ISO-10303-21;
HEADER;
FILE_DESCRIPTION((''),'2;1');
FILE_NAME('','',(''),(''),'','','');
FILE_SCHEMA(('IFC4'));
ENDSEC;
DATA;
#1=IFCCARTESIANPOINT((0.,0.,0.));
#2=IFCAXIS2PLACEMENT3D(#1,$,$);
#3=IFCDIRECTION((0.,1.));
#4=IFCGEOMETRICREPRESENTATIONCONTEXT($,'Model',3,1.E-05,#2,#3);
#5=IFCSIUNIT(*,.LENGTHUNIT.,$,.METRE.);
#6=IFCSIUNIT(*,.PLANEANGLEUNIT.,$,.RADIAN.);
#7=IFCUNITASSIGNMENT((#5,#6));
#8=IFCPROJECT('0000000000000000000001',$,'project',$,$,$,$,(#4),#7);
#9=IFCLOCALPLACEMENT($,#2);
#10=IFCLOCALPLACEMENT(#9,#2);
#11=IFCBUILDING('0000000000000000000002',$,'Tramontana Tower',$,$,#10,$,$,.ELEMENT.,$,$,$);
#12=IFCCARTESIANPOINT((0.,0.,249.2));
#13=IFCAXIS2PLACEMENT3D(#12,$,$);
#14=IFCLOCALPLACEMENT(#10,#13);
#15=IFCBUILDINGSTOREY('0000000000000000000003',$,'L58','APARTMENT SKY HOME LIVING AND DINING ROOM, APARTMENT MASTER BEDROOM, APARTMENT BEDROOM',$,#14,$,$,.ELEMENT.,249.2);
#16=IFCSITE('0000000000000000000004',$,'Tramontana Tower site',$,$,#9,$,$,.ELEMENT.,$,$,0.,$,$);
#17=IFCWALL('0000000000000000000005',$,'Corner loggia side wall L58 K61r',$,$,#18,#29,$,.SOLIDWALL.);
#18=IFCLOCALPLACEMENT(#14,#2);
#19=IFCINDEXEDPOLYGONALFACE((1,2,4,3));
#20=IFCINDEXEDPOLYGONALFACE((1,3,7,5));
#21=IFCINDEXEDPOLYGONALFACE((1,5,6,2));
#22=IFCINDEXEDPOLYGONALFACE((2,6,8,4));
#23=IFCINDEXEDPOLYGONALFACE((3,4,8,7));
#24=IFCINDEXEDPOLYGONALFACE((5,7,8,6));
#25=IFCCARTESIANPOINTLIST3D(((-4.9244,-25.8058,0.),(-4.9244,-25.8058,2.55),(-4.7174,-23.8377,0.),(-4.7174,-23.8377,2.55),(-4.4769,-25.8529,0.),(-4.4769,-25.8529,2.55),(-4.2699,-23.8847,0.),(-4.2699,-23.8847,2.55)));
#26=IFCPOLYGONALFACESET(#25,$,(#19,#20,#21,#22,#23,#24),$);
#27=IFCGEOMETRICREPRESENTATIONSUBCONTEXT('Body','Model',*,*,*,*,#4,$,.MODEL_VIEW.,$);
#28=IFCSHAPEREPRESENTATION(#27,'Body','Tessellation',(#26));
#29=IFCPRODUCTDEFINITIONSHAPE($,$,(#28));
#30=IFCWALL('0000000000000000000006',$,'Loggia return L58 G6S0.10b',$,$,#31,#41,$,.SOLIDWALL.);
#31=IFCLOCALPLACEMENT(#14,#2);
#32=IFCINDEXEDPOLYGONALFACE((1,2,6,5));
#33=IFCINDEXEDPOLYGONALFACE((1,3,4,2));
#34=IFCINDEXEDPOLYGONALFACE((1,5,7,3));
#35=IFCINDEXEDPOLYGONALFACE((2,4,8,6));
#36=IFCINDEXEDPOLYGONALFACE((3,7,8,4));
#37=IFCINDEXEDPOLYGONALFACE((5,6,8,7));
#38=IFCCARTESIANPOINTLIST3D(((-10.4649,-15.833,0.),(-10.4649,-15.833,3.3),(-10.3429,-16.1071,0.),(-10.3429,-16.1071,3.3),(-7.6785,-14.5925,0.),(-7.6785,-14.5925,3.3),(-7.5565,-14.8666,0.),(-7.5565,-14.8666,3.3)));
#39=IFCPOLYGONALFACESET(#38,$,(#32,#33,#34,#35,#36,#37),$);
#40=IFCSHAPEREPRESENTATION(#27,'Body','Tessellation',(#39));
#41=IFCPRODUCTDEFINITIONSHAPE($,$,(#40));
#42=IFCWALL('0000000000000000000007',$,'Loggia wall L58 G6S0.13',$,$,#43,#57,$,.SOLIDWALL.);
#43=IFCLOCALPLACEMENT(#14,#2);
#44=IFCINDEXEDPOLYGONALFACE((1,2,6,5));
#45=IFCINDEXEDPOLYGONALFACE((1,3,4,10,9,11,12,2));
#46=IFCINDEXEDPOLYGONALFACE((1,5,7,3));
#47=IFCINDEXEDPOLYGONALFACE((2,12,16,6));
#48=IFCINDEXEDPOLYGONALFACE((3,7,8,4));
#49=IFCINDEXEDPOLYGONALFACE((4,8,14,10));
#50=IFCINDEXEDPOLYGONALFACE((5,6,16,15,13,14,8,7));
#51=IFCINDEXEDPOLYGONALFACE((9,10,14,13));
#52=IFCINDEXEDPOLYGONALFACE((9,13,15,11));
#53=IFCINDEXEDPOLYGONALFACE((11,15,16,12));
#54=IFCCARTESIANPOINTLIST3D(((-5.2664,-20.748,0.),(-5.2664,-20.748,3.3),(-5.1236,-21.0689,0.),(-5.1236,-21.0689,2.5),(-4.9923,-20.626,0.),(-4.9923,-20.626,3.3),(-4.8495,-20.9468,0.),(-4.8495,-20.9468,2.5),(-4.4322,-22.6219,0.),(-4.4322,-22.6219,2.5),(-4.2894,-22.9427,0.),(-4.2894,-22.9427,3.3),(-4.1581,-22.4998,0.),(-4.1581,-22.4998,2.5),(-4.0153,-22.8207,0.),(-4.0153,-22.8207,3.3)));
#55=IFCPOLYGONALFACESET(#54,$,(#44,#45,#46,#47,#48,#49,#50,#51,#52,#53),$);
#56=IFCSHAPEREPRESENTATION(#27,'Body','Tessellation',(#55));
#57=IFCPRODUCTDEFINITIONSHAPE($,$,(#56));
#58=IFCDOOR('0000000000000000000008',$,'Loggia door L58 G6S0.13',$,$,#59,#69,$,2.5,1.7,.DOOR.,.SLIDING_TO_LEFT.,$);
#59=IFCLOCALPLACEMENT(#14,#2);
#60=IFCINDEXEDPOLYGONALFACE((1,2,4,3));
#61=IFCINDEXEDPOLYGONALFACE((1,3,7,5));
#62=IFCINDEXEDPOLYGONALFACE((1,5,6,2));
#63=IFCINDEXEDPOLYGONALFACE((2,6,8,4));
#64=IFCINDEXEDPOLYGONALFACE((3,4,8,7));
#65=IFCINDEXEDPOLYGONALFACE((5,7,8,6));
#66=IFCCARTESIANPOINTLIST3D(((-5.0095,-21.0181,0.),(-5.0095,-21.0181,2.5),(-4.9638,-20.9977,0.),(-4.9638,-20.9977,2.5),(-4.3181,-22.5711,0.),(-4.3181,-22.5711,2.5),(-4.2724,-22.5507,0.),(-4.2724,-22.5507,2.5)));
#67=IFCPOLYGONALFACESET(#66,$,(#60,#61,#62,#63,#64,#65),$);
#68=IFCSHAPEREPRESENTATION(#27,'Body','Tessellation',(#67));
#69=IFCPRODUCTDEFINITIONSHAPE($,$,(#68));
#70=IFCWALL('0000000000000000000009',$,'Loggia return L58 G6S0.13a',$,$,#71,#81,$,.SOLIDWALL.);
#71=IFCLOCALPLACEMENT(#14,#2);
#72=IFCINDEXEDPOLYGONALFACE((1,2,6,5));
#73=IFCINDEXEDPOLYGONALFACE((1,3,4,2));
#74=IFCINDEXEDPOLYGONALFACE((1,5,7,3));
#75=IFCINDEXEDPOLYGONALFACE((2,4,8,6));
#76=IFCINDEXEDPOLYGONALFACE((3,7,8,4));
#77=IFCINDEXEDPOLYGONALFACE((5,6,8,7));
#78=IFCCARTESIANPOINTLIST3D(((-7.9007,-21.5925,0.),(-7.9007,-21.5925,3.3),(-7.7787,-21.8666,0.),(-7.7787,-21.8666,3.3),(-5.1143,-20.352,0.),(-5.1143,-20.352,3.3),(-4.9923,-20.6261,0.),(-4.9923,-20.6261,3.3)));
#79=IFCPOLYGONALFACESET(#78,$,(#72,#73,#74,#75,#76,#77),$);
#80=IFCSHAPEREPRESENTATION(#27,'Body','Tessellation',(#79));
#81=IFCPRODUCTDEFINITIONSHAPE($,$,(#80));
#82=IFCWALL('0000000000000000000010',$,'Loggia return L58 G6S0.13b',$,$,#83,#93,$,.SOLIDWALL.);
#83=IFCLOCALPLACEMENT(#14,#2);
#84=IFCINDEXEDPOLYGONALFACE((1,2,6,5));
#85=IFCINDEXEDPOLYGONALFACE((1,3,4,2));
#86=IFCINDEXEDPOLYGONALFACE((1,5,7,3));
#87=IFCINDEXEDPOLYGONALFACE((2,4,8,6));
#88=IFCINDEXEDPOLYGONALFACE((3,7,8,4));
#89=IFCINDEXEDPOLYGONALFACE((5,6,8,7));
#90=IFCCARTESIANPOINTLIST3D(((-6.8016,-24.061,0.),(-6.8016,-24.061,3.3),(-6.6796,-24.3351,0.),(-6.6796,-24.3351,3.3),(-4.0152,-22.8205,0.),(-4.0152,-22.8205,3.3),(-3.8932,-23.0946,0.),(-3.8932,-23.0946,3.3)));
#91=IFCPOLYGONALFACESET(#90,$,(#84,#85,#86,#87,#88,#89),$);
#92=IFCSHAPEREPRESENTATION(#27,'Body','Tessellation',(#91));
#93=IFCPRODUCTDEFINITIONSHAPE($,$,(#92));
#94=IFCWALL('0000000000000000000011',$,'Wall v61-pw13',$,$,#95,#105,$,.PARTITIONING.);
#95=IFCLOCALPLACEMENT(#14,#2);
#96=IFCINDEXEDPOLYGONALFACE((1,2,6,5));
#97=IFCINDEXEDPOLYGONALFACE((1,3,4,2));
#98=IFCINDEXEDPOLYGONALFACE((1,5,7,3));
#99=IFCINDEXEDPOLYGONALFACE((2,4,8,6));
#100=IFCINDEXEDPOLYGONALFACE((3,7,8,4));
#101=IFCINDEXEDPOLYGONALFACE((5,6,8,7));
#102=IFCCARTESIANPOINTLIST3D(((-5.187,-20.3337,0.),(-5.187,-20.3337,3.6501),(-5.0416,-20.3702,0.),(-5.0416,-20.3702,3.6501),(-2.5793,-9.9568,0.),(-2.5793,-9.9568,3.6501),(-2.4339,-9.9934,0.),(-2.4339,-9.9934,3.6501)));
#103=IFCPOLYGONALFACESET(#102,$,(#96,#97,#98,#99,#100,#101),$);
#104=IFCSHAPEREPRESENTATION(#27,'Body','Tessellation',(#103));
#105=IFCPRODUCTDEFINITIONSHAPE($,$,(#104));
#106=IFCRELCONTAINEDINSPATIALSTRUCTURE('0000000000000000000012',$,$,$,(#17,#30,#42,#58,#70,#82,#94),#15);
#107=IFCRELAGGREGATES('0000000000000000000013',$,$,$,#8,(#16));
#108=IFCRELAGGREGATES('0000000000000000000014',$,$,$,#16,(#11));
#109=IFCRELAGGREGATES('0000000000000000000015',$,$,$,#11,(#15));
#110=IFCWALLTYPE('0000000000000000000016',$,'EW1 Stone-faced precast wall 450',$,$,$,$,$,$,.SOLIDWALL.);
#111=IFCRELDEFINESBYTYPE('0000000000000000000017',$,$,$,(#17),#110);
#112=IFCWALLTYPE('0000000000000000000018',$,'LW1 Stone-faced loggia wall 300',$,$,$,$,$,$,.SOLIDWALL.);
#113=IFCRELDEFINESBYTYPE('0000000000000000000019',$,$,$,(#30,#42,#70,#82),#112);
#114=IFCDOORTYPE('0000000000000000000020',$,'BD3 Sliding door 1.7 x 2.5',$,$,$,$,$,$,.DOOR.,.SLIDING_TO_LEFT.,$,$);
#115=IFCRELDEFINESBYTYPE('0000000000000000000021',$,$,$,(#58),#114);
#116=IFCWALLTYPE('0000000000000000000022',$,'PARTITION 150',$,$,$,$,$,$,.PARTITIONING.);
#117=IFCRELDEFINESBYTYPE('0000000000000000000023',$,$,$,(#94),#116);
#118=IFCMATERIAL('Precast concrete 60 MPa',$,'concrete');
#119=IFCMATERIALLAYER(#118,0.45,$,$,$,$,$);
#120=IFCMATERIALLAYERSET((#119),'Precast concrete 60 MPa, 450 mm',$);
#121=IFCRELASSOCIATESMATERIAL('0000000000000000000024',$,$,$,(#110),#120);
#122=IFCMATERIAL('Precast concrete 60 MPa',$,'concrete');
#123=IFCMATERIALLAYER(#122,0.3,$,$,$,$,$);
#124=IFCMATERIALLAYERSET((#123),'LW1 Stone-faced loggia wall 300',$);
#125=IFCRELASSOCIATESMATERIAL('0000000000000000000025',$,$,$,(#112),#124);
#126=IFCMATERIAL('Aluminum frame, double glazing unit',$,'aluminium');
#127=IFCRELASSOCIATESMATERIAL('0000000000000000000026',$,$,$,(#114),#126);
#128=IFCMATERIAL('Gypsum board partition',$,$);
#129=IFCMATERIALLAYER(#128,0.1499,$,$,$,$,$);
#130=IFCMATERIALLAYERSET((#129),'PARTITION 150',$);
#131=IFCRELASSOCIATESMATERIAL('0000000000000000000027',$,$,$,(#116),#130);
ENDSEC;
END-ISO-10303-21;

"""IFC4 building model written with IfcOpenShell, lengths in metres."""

from ifc_helpers import new_model, si_unit, direction, frame, frame_2d, origin, place, context, subcontext, project, spatial, rectangle, extrude, material, layer, layer_set, type_object, element, fill, save


model = new_model("IFC4")

# Units and contexts
model_context = context("Model", 3, precision=1e-05, world=origin(), true_north=direction((0.0, 1.0)))
body_context = subcontext(model_context, "Body", "Model", "MODEL_VIEW")
ifc_project = project(units=[si_unit("LENGTHUNIT", "METRE"), si_unit("PLANEANGLEUNIT", "RADIAN")], contexts=[model_context])

# Site, building, storey
site_placement = place(None, origin())
site = spatial("IfcSite", under=ifc_project, at=site_placement, Name="Tramontana Tower site", CompositionType="ELEMENT", RefElevation=0.0)
building_placement = place(site_placement, origin())
building = spatial("IfcBuilding", under=site, at=building_placement, Name="Tramontana Tower", CompositionType="ELEMENT")
storey_placement = place(building_placement, frame((0.0, 0.0, 249.2)))
storey = spatial("IfcBuildingStorey", under=building, at=storey_placement, Name="L58", Description="APARTMENT SKY HOME LIVING AND DINING ROOM, APARTMENT MASTER BEDROOM, APARTMENT BEDROOM", CompositionType="ELEMENT", Elevation=249.2)

# Shared definitions
ifc_material_1 = material(Name="Precast concrete 60 MPa", Category="concrete")
ifc_layer_1 = layer(ifc_material_1, 0.45)
ifc_layer_set_1 = layer_set([ifc_layer_1], Name="Precast concrete 60 MPa, 450 mm")
wall_type_1 = type_object("IfcWallType", Name="EW1 Stone-faced precast wall 450", PredefinedType="SOLIDWALL", material=ifc_layer_set_1)

# Wall
for number, where, z_axis, x_axis, name in (
    (1, (-4.7007, -25.8293, 0.0), (0.0, 0.0, 1.0), (0.104608, 0.994514, 0.0), "Corner loggia side wall L58 K61r"),
):
    element("IfcWall", number, at=place(storey_placement, frame(where, z_axis=z_axis, x_axis=x_axis)), inside=storey, type_object=wall_type_1, Name=name, PredefinedType="SOLIDWALL", context=body_context, shape_type="SweptSolid", body=[
        extrude(rectangle(XDim=1.979, YDim=0.45, at=frame_2d((0.9895, 0.0))), origin(), (0.0, 0.0, 1.0), 2.55),
    ])

# Wall
ifc_material_2 = material(Name="Precast concrete 60 MPa", Category="concrete")
ifc_layer_2 = layer(ifc_material_2, 0.3)
ifc_layer_set_2 = layer_set([ifc_layer_2], Name="LW1 Stone-faced loggia wall 300")
wall_type_2 = type_object("IfcWallType", Name="LW1 Stone-faced loggia wall 300", PredefinedType="SOLIDWALL", material=ifc_layer_set_2)
wall_1_placement = place(storey_placement, frame((-10.4038, -15.97, 0.0), z_axis=(0.0, 0.0, 1.0), x_axis=(0.913557, 0.40671, 0.0)))
element("IfcWall", 2, at=wall_1_placement, inside=storey, type_object=wall_type_2, Name="Loggia return L58 G6S0.10b", PredefinedType="SOLIDWALL", context=body_context, shape_type="SweptSolid", body=[
    extrude(rectangle(XDim=3.05, YDim=0.3, at=frame_2d((1.5249, 0.0))), origin(), (0.0, 0.0, 1.0), 3.3),
])

# Wall, opening, door
wall_2_placement = place(storey_placement, frame((-5.1294, -20.687, 0.0), z_axis=(0.0, 0.0, 1.0), x_axis=(0.406723, -0.913552, 0.0)))
wall_2 = element("IfcWall", 3, at=wall_2_placement, inside=storey, type_object=wall_type_2, Name="Loggia wall L58 G6S0.13", PredefinedType="SOLIDWALL", context=body_context, shape_type="SweptSolid", body=[
    extrude(rectangle(XDim=2.4023, YDim=0.3, at=frame_2d((1.2012, 0.0))), origin(), (0.0, 0.0, 1.0), 3.3),
])
opening_1_placement = place(wall_2_placement, frame((0.3511, 0.0, 0.0)))
opening_1 = element("IfcOpeningElement", 4, at=opening_1_placement, cuts=wall_2, PredefinedType="OPENING", context=body_context, shape_type="SweptSolid", body=[
    extrude(rectangle(XDim=1.7, YDim=2.5, at=frame_2d((0.8501, 1.25))), frame((0.0, 0.1599, 0.0), z_axis=(0.0, -1.0, 0.0), x_axis=(1.0, 0.0, 0.0)), (0.0, 0.0, 1.0), 0.3201),
])
ifc_material_3 = material(Name="Aluminum frame, double glazing unit", Category="aluminium")
door_type_1 = type_object("IfcDoorType", Name="BD3 Sliding door 1.7 x 2.5", OperationType="SLIDING_TO_LEFT", PredefinedType="DOOR", material=ifc_material_3)
door_1_placement = place(opening_1_placement, origin())
door_1 = element("IfcDoor", 5, at=door_1_placement, inside=storey, type_object=door_type_1, Name="Loggia door L58 G6S0.13", OperationType="SLIDING_TO_LEFT", OverallHeight=2.5, OverallWidth=1.7, PredefinedType="DOOR", context=body_context, shape_type="SweptSolid", body=[
    extrude(rectangle(XDim=1.7, YDim=2.5, at=frame_2d((0.8501, 1.25))), frame((0.0, 0.0249, 0.0), z_axis=(0.0, -1.0, 0.0), x_axis=(1.0, 0.0, 0.0)), (0.0, 0.0, 1.0), 0.05),
])
fill(opening_1, door_1)

# Walls
for number, where, z_axis, x_axis, name in (
    (6, (-7.8396, -21.7295, 0.0), (0.0, 0.0, 1.0), (0.913557, 0.40671, 0.0), "Loggia return L58 G6S0.13a"),
    (7, (-6.7405, -24.198, 0.0), (0.0, 0.0, 1.0), (0.913557, 0.40671, 0.0), "Loggia return L58 G6S0.13b"),
):
    element("IfcWall", number, at=place(storey_placement, frame(where, z_axis=z_axis, x_axis=x_axis)), inside=storey, type_object=wall_type_2, Name=name, PredefinedType="SOLIDWALL", context=body_context, shape_type="SweptSolid", body=[
        extrude(rectangle(XDim=3.05, YDim=0.3, at=frame_2d((1.5249, 0.0))), origin(), (0.0, 0.0, 1.0), 3.3),
    ])
ifc_material_4 = material(Name="Gypsum board partition")
ifc_layer_3 = layer(ifc_material_4, 0.1499)
ifc_layer_set_3 = layer_set([ifc_layer_3], Name="PARTITION 150")
wall_type_3 = type_object("IfcWallType", Name="PARTITION 150", PredefinedType="PARTITIONING", material=ifc_layer_set_3)
wall_3_placement = place(storey_placement, frame((-5.1143, -20.3518, 0.0), z_axis=(0.0, 0.0, 1.0), x_axis=(0.243722, 0.969845, 0.0)))
element("IfcWall", 8, at=wall_3_placement, inside=storey, type_object=wall_type_3, Name="Wall v61-pw13", PredefinedType="PARTITIONING", context=body_context, shape_type="SweptSolid", body=[
    extrude(rectangle(XDim=10.6995, YDim=0.1499, at=frame_2d((5.3496, 0.0))), origin(), (0.0, 0.0, 1.0), 3.6501),
])

save(model, "model.ifc")
